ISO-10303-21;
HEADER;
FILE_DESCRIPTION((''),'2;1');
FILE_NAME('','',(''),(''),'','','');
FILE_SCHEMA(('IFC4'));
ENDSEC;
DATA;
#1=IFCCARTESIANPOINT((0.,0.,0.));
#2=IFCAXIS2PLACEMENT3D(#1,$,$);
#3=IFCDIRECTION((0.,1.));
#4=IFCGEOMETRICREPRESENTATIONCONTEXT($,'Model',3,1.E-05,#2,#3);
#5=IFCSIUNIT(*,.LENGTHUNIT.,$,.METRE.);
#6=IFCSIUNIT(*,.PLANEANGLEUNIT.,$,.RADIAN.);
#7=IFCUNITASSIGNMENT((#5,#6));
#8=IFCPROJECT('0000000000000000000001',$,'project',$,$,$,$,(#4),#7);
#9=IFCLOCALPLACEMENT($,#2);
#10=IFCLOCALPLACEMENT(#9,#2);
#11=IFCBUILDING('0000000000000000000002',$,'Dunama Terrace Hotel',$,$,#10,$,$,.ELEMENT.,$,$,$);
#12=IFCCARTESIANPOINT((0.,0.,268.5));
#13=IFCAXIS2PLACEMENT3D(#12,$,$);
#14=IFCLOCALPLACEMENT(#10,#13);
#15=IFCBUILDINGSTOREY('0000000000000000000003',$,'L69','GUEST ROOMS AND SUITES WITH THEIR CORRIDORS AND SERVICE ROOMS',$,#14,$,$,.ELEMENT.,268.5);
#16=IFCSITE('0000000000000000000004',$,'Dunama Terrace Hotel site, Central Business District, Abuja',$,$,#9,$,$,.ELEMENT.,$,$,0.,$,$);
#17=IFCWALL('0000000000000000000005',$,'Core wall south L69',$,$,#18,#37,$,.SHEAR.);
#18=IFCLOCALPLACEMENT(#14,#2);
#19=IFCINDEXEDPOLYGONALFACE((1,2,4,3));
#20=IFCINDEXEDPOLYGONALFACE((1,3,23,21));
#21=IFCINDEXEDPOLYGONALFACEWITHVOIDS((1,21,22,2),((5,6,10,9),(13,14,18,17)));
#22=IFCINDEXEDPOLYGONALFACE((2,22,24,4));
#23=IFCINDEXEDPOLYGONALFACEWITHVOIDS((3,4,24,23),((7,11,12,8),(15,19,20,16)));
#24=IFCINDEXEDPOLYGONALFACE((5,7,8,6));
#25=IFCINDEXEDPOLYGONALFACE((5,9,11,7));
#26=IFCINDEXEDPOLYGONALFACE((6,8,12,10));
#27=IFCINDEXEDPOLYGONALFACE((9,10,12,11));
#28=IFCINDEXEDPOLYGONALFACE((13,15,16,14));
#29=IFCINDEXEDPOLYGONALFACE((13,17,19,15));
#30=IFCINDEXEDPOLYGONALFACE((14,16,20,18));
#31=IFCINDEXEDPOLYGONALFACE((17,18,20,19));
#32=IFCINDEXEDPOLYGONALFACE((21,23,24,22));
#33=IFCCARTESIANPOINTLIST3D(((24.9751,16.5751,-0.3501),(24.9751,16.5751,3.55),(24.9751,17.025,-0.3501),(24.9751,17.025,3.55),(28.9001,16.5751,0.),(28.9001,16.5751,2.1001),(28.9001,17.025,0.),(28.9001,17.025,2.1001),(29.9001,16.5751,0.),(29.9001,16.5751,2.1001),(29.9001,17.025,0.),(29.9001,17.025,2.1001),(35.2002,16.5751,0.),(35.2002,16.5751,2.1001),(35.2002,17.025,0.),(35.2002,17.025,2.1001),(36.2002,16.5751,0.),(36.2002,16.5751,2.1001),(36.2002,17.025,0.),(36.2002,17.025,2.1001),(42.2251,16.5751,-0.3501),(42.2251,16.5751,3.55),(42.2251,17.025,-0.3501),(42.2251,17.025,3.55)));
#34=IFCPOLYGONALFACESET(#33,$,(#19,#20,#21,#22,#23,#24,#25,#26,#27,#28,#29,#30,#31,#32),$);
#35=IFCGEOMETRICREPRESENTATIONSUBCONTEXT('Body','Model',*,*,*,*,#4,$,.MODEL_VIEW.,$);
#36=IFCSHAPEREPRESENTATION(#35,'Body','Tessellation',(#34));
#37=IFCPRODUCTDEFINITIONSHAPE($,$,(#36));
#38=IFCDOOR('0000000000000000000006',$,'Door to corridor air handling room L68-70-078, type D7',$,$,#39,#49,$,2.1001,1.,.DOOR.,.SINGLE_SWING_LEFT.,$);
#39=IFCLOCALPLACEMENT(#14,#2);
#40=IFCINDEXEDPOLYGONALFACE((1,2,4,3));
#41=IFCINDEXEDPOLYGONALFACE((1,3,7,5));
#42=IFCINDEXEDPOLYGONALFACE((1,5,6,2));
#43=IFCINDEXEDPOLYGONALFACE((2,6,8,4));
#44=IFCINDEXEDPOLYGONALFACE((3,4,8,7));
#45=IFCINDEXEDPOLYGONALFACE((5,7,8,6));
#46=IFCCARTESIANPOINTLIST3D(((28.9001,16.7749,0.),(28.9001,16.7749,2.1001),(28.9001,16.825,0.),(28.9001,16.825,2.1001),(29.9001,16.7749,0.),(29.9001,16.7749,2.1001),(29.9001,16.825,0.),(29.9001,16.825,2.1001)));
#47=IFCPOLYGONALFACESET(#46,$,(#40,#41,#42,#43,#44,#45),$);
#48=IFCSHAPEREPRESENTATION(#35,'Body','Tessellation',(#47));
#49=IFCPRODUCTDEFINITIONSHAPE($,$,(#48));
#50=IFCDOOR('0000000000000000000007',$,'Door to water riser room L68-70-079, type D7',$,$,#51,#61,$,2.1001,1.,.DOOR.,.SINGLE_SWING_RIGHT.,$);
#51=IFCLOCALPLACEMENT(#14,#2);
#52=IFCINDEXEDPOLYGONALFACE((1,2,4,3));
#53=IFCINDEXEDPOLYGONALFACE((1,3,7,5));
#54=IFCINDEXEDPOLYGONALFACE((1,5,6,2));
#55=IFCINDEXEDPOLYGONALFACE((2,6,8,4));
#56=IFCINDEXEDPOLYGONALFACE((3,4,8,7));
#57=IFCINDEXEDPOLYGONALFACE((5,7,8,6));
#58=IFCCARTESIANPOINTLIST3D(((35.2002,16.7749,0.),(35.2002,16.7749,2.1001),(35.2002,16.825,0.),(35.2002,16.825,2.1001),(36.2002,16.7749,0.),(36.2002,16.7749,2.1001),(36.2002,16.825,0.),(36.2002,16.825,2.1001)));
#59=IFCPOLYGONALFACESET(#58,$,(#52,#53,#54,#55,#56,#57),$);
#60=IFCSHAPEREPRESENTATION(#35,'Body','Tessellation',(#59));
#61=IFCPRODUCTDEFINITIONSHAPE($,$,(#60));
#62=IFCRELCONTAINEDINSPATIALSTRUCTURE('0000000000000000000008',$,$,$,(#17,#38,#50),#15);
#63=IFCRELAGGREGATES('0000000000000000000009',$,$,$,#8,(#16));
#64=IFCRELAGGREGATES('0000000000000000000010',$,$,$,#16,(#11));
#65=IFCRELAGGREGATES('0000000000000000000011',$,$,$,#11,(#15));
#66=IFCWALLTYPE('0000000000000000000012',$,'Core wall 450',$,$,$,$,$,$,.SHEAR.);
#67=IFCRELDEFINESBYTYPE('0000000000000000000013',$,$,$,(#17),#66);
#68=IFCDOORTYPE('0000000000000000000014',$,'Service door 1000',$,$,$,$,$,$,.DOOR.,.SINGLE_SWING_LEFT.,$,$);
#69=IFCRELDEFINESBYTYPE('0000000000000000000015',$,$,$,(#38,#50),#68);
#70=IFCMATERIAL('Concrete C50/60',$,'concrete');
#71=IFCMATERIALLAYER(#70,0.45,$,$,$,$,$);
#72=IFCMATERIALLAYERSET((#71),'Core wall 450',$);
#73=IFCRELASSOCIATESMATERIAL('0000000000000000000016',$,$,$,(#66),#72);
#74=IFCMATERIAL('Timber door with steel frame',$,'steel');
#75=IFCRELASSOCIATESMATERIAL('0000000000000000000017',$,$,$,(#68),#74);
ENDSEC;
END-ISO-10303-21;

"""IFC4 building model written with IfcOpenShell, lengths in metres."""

from ifc_helpers import new_model, si_unit, direction, frame, frame_2d, origin, place, context, subcontext, project, spatial, rectangle, extrude, material, layer, layer_set, type_object, element, fill, save


model = new_model("IFC4")

# Units and contexts
model_context = context("Model", 3, precision=1e-05, world=origin(), true_north=direction((0.0, 1.0)))
body_context = subcontext(model_context, "Body", "Model", "MODEL_VIEW")
ifc_project = project(units=[si_unit("LENGTHUNIT", "METRE"), si_unit("PLANEANGLEUNIT", "RADIAN")], contexts=[model_context])

# Site, building, storey
site_placement = place(None, origin())
site = spatial("IfcSite", under=ifc_project, at=site_placement, Name="Dunama Terrace Hotel site, Central Business District, Abuja", CompositionType="ELEMENT", RefElevation=0.0)
building_placement = place(site_placement, origin())
building = spatial("IfcBuilding", under=site, at=building_placement, Name="Dunama Terrace Hotel", CompositionType="ELEMENT")
storey_placement = place(building_placement, frame((0.0, 0.0, 268.5)))
storey = spatial("IfcBuildingStorey", under=building, at=storey_placement, Name="L69", Description="GUEST ROOMS AND SUITES WITH THEIR CORRIDORS AND SERVICE ROOMS", CompositionType="ELEMENT", Elevation=268.5)

# Wall, openings, doors
ifc_material_1 = material(Name="Concrete C50/60", Category="concrete")
ifc_layer_1 = layer(ifc_material_1, 0.45)
ifc_layer_set_1 = layer_set([ifc_layer_1], Name="Core wall 450")
wall_type_1 = type_object("IfcWallType", Name="Core wall 450", PredefinedType="SHEAR", material=ifc_layer_set_1)
wall_1_placement = place(storey_placement, frame((24.9751, 16.8, -0.3501), z_axis=(0.0, 0.0, 1.0), x_axis=(1.0, 0.0, 0.0)))
wall_1 = element("IfcWall", 1, at=wall_1_placement, inside=storey, type_object=wall_type_1, Name="Core wall south L69", PredefinedType="SHEAR", context=body_context, shape_type="SweptSolid", body=[
    extrude(rectangle(XDim=17.25, YDim=0.45, at=frame_2d((8.625, 0.0))), origin(), (0.0, 0.0, 1.0), 3.9001),
])
opening_1_placement = place(wall_1_placement, frame((3.925, 0.0, 0.3501)))
opening_1 = element("IfcOpeningElement", 2, at=opening_1_placement, cuts=wall_1, PredefinedType="OPENING", context=body_context, shape_type="SweptSolid", body=[
    extrude(rectangle(XDim=1.0, YDim=2.1001, at=frame_2d((0.5, 1.05))), frame((0.0, 0.2349, 0.0), z_axis=(0.0, -1.0, 0.0), x_axis=(1.0, 0.0, 0.0)), (0.0, 0.0, 1.0), 0.47),
])
opening_2_placement = place(wall_1_placement, frame((10.2251, 0.0, 0.3501)))
opening_2 = element("IfcOpeningElement", 3, at=opening_2_placement, cuts=wall_1, PredefinedType="OPENING", context=body_context, shape_type="SweptSolid", body=[
    extrude(rectangle(XDim=1.0, YDim=2.1001, at=frame_2d((0.5, 1.05))), frame((0.0, 0.2349, 0.0), z_axis=(0.0, -1.0, 0.0), x_axis=(1.0, 0.0, 0.0)), (0.0, 0.0, 1.0), 0.47),
])
ifc_material_2 = material(Name="Timber door with steel frame", Category="steel")
door_type_1 = type_object("IfcDoorType", Name="Service door 1000", OperationType="SINGLE_SWING_LEFT", PredefinedType="DOOR", material=ifc_material_2)
door_1_placement = place(opening_1_placement, origin())
door_1 = element("IfcDoor", 4, at=door_1_placement, inside=storey, type_object=door_type_1, Name="Door to corridor air handling room L68-70-078, type D7", OperationType="SINGLE_SWING_LEFT", OverallHeight=2.1001, OverallWidth=1.0, PredefinedType="DOOR", context=body_context, shape_type="SweptSolid", body=[
    extrude(rectangle(XDim=1.0, YDim=2.1001, at=frame_2d((0.5, 1.05))), frame((0.0, 0.0249, 0.0), z_axis=(0.0, -1.0, 0.0), x_axis=(1.0, 0.0, 0.0)), (0.0, 0.0, 1.0), 0.05),
])
fill(opening_1, door_1)
door_2_placement = place(opening_2_placement, origin())
door_2 = element("IfcDoor", 5, at=door_2_placement, inside=storey, type_object=door_type_1, Name="Door to water riser room L68-70-079, type D7", OperationType="SINGLE_SWING_RIGHT", OverallHeight=2.1001, OverallWidth=1.0, PredefinedType="DOOR", context=body_context, shape_type="SweptSolid", body=[
    extrude(rectangle(XDim=1.0, YDim=2.1001, at=frame_2d((0.5, 1.05))), frame((0.0, 0.0249, 0.0), z_axis=(0.0, -1.0, 0.0), x_axis=(1.0, 0.0, 0.0)), (0.0, 0.0, 1.0), 0.05),
])
fill(opening_2, door_2)

save(model, "model.ifc")
